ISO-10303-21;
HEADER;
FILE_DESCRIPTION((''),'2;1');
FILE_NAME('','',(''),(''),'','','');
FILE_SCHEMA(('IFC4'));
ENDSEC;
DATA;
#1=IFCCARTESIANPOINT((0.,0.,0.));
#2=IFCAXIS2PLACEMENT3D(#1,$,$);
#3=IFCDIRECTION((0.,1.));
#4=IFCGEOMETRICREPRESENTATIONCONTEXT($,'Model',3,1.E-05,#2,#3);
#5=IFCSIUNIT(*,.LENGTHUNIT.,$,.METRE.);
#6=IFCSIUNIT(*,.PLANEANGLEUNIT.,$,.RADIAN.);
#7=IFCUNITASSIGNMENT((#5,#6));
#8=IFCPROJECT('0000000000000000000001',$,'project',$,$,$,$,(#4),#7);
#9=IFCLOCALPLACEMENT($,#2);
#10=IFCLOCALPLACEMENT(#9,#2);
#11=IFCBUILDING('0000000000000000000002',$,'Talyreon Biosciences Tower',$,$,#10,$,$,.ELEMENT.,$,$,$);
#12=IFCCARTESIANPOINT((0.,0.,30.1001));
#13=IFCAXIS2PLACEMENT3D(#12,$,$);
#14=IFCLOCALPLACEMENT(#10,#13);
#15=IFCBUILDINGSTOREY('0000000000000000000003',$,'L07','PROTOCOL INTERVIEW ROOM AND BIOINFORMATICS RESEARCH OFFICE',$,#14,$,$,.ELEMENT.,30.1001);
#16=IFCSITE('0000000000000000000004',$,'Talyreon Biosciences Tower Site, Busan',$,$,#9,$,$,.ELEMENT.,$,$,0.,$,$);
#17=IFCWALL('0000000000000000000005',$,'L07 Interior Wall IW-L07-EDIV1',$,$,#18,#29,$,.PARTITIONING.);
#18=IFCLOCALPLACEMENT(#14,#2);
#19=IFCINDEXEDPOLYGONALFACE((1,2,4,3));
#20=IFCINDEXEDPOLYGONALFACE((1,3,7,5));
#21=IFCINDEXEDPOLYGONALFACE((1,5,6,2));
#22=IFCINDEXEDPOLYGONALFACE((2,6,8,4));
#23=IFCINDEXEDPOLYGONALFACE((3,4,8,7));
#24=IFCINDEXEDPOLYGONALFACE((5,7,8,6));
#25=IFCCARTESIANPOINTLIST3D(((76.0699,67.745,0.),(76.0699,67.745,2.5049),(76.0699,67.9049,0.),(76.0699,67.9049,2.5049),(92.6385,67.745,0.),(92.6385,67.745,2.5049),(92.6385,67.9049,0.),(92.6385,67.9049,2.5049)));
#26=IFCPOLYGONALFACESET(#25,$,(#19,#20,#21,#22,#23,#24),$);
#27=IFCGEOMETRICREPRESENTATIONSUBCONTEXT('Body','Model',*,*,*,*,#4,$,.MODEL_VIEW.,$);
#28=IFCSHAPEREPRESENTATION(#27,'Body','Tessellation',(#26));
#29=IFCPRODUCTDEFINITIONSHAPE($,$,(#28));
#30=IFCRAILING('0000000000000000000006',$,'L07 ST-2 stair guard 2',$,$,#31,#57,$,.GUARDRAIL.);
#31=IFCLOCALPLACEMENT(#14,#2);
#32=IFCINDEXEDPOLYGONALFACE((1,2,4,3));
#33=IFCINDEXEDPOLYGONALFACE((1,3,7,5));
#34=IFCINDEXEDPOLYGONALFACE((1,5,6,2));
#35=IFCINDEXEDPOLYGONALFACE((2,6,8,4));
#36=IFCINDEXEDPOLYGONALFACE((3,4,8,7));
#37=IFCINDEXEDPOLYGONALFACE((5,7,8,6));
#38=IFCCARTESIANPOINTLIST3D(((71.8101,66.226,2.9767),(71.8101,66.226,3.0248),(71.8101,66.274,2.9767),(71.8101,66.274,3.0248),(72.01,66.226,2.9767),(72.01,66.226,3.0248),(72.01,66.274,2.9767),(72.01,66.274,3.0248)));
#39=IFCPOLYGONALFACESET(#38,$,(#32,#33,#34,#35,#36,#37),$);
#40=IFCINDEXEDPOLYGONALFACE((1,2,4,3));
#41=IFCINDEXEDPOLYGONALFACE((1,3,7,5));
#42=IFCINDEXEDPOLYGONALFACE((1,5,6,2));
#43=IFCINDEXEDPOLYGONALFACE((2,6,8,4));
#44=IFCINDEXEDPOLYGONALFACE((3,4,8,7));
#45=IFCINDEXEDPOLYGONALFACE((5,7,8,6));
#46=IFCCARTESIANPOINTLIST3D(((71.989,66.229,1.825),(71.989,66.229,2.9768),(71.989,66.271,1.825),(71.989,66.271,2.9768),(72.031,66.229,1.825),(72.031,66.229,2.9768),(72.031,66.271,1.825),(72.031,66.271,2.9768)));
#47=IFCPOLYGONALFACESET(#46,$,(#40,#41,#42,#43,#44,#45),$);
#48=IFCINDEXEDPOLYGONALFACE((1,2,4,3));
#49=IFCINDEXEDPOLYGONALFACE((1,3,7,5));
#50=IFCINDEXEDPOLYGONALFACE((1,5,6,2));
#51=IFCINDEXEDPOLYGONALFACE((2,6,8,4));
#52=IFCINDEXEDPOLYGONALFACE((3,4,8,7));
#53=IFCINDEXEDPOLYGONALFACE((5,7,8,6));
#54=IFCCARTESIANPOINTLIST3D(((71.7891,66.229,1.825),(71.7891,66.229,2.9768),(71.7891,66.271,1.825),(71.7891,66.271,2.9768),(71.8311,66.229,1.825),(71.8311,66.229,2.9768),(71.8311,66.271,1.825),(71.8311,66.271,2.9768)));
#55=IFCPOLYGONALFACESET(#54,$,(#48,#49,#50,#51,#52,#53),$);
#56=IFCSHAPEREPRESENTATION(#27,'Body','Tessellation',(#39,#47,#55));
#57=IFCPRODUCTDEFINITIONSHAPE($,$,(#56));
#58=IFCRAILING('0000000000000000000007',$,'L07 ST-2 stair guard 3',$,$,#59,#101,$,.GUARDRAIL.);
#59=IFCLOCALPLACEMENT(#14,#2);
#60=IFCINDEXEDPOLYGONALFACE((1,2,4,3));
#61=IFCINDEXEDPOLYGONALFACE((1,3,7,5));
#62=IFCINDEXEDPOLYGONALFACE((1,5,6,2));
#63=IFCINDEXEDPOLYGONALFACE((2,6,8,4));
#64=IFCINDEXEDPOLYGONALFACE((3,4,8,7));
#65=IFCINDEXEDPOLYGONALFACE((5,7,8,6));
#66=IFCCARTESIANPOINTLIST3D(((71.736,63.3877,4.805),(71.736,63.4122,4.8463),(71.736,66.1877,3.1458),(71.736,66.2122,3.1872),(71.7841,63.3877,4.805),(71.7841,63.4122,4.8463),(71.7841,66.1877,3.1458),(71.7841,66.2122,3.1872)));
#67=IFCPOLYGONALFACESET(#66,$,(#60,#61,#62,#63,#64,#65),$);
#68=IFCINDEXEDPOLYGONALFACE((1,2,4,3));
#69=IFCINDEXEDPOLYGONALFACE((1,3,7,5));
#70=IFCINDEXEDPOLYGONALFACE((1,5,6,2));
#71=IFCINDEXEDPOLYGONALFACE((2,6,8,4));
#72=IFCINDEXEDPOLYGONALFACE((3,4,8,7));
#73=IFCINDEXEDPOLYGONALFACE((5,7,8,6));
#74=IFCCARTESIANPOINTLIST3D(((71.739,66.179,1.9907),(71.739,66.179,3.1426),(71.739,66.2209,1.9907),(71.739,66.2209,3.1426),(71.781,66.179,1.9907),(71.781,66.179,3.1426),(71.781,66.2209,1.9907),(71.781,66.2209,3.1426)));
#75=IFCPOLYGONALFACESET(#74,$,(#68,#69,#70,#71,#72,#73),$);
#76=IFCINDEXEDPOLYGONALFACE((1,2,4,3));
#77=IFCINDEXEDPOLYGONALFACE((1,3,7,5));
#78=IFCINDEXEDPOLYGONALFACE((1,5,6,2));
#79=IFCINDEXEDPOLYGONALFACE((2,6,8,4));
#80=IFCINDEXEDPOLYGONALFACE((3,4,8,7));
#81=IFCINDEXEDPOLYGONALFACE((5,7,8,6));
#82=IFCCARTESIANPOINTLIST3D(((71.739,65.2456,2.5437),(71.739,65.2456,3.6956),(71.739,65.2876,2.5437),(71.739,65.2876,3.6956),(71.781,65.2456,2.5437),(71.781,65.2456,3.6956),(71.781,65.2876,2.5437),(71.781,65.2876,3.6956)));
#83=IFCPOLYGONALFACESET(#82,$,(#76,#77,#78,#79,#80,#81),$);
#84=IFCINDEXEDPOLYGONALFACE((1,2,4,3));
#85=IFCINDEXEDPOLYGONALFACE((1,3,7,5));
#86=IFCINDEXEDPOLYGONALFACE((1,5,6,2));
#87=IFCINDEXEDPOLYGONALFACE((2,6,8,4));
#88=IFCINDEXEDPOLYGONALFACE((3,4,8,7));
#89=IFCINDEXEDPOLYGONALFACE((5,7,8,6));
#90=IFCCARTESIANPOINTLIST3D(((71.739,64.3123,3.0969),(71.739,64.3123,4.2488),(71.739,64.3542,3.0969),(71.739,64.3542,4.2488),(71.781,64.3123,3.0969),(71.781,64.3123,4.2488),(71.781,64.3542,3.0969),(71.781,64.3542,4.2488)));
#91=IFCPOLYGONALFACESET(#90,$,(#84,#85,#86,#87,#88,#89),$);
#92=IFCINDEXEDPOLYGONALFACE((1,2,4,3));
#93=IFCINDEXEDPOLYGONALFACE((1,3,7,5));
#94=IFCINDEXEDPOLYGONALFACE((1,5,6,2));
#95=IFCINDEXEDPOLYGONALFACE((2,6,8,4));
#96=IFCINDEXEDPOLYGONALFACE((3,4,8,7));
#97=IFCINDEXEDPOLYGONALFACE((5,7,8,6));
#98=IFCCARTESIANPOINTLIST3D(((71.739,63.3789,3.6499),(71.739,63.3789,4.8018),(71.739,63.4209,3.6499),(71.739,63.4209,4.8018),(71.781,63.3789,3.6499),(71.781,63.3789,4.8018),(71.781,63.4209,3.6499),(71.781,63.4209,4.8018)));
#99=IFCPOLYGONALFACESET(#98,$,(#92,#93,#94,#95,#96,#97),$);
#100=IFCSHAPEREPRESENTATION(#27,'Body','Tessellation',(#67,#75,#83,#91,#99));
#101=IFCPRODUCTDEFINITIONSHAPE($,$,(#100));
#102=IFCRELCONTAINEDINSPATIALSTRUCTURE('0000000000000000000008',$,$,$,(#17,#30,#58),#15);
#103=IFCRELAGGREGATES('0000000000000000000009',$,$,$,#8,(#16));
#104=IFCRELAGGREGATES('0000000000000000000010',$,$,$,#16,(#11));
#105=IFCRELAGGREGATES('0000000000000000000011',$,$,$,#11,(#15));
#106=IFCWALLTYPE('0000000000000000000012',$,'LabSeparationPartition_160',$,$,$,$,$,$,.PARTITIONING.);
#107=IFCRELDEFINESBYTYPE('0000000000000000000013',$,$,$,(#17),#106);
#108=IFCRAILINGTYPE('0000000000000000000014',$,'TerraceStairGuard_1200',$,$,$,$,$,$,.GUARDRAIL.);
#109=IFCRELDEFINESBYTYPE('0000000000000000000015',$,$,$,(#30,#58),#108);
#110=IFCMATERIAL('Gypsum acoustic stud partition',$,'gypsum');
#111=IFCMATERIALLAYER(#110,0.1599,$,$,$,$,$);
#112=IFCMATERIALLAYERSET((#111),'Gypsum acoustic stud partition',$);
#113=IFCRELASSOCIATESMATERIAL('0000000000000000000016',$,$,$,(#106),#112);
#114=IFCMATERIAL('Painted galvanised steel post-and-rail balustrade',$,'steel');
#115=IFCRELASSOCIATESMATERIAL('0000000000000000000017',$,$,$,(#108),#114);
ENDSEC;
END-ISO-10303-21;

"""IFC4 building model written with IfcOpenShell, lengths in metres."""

from ifc_helpers import new_model, si_unit, direction, frame, frame_2d, origin, origin_2d, place, context, subcontext, project, spatial, rectangle, extrude, material, layer, layer_set, type_object, element, save


model = new_model("IFC4")

# Units and contexts
model_context = context("Model", 3, precision=1e-05, world=origin(), true_north=direction((0.0, 1.0)))
body_context = subcontext(model_context, "Body", "Model", "MODEL_VIEW")
ifc_project = project(units=[si_unit("LENGTHUNIT", "METRE"), si_unit("PLANEANGLEUNIT", "RADIAN")], contexts=[model_context])

# Site, building, storey
site_placement = place(None, origin())
site = spatial("IfcSite", under=ifc_project, at=site_placement, Name="Talyreon Biosciences Tower Site, Busan", CompositionType="ELEMENT", RefElevation=0.0)
building_placement = place(site_placement, origin())
building = spatial("IfcBuilding", under=site, at=building_placement, Name="Talyreon Biosciences Tower", CompositionType="ELEMENT")
storey_placement = place(building_placement, frame((0.0, 0.0, 30.1001)))
storey = spatial("IfcBuildingStorey", under=building, at=storey_placement, Name="L07", Description="PROTOCOL INTERVIEW ROOM AND BIOINFORMATICS RESEARCH OFFICE", CompositionType="ELEMENT", Elevation=30.1001)

# Wall
ifc_material_1 = material(Name="Gypsum acoustic stud partition", Category="gypsum")
ifc_layer_1 = layer(ifc_material_1, 0.1599)
ifc_layer_set_1 = layer_set([ifc_layer_1], Name="Gypsum acoustic stud partition")
wall_type_1 = type_object("IfcWallType", Name="LabSeparationPartition_160", PredefinedType="PARTITIONING", material=ifc_layer_set_1)
wall_1_placement = place(storey_placement, frame((76.0701, 67.825, 0.0), z_axis=(0.0, 0.0, 1.0), x_axis=(1.0, 0.0, 0.0)))
element("IfcWall", 1, at=wall_1_placement, inside=storey, type_object=wall_type_1, Name="L07 Interior Wall IW-L07-EDIV1", PredefinedType="PARTITIONING", context=body_context, shape_type="SweptSolid", body=[
    extrude(rectangle(XDim=16.5686, YDim=0.1599, at=frame_2d((8.2842, 0.0))), origin(), (0.0, 0.0, 1.0), 2.5049),
])

# Railings
ifc_material_2 = material(Name="Painted galvanised steel post-and-rail balustrade", Category="steel")
railing_type = type_object("IfcRailingType", Name="TerraceStairGuard_1200", PredefinedType="GUARDRAIL", material=ifc_material_2)
railing_1_placement = place(storey_placement, frame((72.01, 66.25, 1.825)))
element("IfcRailing", 2, at=railing_1_placement, inside=storey, type_object=railing_type, Name="L07 ST-2 stair guard 2", PredefinedType="GUARDRAIL", context=body_context, shape_type="SweptSolid", body=[
    extrude(rectangle(XDim=0.0481, YDim=0.0481, at=origin_2d()), frame((0.0, 0.0, 1.1758), z_axis=(-1.0, 0.0, 0.0), x_axis=(0.0, -1.0, 0.0)), (0.0, 0.0, 1.0), 0.2),
    extrude(rectangle(XDim=0.042, YDim=0.042, at=origin_2d()), origin(), (0.0, 0.0, 1.0), 1.1519),
    extrude(rectangle(XDim=0.042, YDim=0.042, at=origin_2d()), frame((-0.2, 0.0, 0.0)), (0.0, 0.0, 1.0), 1.1519),
])
railing_2_placement = place(storey_placement, frame((71.76, 66.2, 1.9907)))
element("IfcRailing", 3, at=railing_2_placement, inside=storey, type_object=railing_type, Name="L07 ST-2 stair guard 3", PredefinedType="GUARDRAIL", context=body_context, shape_type="SweptSolid", body=[
    extrude(rectangle(XDim=0.0481, YDim=0.0481, at=origin_2d()), frame((0.0, 0.0, 1.1758), z_axis=(0.0, -0.860306, 0.509778), x_axis=(1.0, 0.0, 0.0)), (0.0, 0.0, 1.0), 3.2546),
    extrude(rectangle(XDim=0.042, YDim=0.042, at=origin_2d()), origin(), (0.0, 0.0, 1.0), 1.1519),
    extrude(rectangle(XDim=0.042, YDim=0.042, at=origin_2d()), frame((0.0, -0.9333, 0.553)), (0.0, 0.0, 1.0), 1.1519),
    extrude(rectangle(XDim=0.042, YDim=0.042, at=origin_2d()), frame((0.0, -1.8667, 1.1062)), (0.0, 0.0, 1.0), 1.1519),
    extrude(rectangle(XDim=0.042, YDim=0.042, at=origin_2d()), frame((0.0, -2.8, 1.6592)), (0.0, 0.0, 1.0), 1.1519),
])

save(model, "model.ifc")
